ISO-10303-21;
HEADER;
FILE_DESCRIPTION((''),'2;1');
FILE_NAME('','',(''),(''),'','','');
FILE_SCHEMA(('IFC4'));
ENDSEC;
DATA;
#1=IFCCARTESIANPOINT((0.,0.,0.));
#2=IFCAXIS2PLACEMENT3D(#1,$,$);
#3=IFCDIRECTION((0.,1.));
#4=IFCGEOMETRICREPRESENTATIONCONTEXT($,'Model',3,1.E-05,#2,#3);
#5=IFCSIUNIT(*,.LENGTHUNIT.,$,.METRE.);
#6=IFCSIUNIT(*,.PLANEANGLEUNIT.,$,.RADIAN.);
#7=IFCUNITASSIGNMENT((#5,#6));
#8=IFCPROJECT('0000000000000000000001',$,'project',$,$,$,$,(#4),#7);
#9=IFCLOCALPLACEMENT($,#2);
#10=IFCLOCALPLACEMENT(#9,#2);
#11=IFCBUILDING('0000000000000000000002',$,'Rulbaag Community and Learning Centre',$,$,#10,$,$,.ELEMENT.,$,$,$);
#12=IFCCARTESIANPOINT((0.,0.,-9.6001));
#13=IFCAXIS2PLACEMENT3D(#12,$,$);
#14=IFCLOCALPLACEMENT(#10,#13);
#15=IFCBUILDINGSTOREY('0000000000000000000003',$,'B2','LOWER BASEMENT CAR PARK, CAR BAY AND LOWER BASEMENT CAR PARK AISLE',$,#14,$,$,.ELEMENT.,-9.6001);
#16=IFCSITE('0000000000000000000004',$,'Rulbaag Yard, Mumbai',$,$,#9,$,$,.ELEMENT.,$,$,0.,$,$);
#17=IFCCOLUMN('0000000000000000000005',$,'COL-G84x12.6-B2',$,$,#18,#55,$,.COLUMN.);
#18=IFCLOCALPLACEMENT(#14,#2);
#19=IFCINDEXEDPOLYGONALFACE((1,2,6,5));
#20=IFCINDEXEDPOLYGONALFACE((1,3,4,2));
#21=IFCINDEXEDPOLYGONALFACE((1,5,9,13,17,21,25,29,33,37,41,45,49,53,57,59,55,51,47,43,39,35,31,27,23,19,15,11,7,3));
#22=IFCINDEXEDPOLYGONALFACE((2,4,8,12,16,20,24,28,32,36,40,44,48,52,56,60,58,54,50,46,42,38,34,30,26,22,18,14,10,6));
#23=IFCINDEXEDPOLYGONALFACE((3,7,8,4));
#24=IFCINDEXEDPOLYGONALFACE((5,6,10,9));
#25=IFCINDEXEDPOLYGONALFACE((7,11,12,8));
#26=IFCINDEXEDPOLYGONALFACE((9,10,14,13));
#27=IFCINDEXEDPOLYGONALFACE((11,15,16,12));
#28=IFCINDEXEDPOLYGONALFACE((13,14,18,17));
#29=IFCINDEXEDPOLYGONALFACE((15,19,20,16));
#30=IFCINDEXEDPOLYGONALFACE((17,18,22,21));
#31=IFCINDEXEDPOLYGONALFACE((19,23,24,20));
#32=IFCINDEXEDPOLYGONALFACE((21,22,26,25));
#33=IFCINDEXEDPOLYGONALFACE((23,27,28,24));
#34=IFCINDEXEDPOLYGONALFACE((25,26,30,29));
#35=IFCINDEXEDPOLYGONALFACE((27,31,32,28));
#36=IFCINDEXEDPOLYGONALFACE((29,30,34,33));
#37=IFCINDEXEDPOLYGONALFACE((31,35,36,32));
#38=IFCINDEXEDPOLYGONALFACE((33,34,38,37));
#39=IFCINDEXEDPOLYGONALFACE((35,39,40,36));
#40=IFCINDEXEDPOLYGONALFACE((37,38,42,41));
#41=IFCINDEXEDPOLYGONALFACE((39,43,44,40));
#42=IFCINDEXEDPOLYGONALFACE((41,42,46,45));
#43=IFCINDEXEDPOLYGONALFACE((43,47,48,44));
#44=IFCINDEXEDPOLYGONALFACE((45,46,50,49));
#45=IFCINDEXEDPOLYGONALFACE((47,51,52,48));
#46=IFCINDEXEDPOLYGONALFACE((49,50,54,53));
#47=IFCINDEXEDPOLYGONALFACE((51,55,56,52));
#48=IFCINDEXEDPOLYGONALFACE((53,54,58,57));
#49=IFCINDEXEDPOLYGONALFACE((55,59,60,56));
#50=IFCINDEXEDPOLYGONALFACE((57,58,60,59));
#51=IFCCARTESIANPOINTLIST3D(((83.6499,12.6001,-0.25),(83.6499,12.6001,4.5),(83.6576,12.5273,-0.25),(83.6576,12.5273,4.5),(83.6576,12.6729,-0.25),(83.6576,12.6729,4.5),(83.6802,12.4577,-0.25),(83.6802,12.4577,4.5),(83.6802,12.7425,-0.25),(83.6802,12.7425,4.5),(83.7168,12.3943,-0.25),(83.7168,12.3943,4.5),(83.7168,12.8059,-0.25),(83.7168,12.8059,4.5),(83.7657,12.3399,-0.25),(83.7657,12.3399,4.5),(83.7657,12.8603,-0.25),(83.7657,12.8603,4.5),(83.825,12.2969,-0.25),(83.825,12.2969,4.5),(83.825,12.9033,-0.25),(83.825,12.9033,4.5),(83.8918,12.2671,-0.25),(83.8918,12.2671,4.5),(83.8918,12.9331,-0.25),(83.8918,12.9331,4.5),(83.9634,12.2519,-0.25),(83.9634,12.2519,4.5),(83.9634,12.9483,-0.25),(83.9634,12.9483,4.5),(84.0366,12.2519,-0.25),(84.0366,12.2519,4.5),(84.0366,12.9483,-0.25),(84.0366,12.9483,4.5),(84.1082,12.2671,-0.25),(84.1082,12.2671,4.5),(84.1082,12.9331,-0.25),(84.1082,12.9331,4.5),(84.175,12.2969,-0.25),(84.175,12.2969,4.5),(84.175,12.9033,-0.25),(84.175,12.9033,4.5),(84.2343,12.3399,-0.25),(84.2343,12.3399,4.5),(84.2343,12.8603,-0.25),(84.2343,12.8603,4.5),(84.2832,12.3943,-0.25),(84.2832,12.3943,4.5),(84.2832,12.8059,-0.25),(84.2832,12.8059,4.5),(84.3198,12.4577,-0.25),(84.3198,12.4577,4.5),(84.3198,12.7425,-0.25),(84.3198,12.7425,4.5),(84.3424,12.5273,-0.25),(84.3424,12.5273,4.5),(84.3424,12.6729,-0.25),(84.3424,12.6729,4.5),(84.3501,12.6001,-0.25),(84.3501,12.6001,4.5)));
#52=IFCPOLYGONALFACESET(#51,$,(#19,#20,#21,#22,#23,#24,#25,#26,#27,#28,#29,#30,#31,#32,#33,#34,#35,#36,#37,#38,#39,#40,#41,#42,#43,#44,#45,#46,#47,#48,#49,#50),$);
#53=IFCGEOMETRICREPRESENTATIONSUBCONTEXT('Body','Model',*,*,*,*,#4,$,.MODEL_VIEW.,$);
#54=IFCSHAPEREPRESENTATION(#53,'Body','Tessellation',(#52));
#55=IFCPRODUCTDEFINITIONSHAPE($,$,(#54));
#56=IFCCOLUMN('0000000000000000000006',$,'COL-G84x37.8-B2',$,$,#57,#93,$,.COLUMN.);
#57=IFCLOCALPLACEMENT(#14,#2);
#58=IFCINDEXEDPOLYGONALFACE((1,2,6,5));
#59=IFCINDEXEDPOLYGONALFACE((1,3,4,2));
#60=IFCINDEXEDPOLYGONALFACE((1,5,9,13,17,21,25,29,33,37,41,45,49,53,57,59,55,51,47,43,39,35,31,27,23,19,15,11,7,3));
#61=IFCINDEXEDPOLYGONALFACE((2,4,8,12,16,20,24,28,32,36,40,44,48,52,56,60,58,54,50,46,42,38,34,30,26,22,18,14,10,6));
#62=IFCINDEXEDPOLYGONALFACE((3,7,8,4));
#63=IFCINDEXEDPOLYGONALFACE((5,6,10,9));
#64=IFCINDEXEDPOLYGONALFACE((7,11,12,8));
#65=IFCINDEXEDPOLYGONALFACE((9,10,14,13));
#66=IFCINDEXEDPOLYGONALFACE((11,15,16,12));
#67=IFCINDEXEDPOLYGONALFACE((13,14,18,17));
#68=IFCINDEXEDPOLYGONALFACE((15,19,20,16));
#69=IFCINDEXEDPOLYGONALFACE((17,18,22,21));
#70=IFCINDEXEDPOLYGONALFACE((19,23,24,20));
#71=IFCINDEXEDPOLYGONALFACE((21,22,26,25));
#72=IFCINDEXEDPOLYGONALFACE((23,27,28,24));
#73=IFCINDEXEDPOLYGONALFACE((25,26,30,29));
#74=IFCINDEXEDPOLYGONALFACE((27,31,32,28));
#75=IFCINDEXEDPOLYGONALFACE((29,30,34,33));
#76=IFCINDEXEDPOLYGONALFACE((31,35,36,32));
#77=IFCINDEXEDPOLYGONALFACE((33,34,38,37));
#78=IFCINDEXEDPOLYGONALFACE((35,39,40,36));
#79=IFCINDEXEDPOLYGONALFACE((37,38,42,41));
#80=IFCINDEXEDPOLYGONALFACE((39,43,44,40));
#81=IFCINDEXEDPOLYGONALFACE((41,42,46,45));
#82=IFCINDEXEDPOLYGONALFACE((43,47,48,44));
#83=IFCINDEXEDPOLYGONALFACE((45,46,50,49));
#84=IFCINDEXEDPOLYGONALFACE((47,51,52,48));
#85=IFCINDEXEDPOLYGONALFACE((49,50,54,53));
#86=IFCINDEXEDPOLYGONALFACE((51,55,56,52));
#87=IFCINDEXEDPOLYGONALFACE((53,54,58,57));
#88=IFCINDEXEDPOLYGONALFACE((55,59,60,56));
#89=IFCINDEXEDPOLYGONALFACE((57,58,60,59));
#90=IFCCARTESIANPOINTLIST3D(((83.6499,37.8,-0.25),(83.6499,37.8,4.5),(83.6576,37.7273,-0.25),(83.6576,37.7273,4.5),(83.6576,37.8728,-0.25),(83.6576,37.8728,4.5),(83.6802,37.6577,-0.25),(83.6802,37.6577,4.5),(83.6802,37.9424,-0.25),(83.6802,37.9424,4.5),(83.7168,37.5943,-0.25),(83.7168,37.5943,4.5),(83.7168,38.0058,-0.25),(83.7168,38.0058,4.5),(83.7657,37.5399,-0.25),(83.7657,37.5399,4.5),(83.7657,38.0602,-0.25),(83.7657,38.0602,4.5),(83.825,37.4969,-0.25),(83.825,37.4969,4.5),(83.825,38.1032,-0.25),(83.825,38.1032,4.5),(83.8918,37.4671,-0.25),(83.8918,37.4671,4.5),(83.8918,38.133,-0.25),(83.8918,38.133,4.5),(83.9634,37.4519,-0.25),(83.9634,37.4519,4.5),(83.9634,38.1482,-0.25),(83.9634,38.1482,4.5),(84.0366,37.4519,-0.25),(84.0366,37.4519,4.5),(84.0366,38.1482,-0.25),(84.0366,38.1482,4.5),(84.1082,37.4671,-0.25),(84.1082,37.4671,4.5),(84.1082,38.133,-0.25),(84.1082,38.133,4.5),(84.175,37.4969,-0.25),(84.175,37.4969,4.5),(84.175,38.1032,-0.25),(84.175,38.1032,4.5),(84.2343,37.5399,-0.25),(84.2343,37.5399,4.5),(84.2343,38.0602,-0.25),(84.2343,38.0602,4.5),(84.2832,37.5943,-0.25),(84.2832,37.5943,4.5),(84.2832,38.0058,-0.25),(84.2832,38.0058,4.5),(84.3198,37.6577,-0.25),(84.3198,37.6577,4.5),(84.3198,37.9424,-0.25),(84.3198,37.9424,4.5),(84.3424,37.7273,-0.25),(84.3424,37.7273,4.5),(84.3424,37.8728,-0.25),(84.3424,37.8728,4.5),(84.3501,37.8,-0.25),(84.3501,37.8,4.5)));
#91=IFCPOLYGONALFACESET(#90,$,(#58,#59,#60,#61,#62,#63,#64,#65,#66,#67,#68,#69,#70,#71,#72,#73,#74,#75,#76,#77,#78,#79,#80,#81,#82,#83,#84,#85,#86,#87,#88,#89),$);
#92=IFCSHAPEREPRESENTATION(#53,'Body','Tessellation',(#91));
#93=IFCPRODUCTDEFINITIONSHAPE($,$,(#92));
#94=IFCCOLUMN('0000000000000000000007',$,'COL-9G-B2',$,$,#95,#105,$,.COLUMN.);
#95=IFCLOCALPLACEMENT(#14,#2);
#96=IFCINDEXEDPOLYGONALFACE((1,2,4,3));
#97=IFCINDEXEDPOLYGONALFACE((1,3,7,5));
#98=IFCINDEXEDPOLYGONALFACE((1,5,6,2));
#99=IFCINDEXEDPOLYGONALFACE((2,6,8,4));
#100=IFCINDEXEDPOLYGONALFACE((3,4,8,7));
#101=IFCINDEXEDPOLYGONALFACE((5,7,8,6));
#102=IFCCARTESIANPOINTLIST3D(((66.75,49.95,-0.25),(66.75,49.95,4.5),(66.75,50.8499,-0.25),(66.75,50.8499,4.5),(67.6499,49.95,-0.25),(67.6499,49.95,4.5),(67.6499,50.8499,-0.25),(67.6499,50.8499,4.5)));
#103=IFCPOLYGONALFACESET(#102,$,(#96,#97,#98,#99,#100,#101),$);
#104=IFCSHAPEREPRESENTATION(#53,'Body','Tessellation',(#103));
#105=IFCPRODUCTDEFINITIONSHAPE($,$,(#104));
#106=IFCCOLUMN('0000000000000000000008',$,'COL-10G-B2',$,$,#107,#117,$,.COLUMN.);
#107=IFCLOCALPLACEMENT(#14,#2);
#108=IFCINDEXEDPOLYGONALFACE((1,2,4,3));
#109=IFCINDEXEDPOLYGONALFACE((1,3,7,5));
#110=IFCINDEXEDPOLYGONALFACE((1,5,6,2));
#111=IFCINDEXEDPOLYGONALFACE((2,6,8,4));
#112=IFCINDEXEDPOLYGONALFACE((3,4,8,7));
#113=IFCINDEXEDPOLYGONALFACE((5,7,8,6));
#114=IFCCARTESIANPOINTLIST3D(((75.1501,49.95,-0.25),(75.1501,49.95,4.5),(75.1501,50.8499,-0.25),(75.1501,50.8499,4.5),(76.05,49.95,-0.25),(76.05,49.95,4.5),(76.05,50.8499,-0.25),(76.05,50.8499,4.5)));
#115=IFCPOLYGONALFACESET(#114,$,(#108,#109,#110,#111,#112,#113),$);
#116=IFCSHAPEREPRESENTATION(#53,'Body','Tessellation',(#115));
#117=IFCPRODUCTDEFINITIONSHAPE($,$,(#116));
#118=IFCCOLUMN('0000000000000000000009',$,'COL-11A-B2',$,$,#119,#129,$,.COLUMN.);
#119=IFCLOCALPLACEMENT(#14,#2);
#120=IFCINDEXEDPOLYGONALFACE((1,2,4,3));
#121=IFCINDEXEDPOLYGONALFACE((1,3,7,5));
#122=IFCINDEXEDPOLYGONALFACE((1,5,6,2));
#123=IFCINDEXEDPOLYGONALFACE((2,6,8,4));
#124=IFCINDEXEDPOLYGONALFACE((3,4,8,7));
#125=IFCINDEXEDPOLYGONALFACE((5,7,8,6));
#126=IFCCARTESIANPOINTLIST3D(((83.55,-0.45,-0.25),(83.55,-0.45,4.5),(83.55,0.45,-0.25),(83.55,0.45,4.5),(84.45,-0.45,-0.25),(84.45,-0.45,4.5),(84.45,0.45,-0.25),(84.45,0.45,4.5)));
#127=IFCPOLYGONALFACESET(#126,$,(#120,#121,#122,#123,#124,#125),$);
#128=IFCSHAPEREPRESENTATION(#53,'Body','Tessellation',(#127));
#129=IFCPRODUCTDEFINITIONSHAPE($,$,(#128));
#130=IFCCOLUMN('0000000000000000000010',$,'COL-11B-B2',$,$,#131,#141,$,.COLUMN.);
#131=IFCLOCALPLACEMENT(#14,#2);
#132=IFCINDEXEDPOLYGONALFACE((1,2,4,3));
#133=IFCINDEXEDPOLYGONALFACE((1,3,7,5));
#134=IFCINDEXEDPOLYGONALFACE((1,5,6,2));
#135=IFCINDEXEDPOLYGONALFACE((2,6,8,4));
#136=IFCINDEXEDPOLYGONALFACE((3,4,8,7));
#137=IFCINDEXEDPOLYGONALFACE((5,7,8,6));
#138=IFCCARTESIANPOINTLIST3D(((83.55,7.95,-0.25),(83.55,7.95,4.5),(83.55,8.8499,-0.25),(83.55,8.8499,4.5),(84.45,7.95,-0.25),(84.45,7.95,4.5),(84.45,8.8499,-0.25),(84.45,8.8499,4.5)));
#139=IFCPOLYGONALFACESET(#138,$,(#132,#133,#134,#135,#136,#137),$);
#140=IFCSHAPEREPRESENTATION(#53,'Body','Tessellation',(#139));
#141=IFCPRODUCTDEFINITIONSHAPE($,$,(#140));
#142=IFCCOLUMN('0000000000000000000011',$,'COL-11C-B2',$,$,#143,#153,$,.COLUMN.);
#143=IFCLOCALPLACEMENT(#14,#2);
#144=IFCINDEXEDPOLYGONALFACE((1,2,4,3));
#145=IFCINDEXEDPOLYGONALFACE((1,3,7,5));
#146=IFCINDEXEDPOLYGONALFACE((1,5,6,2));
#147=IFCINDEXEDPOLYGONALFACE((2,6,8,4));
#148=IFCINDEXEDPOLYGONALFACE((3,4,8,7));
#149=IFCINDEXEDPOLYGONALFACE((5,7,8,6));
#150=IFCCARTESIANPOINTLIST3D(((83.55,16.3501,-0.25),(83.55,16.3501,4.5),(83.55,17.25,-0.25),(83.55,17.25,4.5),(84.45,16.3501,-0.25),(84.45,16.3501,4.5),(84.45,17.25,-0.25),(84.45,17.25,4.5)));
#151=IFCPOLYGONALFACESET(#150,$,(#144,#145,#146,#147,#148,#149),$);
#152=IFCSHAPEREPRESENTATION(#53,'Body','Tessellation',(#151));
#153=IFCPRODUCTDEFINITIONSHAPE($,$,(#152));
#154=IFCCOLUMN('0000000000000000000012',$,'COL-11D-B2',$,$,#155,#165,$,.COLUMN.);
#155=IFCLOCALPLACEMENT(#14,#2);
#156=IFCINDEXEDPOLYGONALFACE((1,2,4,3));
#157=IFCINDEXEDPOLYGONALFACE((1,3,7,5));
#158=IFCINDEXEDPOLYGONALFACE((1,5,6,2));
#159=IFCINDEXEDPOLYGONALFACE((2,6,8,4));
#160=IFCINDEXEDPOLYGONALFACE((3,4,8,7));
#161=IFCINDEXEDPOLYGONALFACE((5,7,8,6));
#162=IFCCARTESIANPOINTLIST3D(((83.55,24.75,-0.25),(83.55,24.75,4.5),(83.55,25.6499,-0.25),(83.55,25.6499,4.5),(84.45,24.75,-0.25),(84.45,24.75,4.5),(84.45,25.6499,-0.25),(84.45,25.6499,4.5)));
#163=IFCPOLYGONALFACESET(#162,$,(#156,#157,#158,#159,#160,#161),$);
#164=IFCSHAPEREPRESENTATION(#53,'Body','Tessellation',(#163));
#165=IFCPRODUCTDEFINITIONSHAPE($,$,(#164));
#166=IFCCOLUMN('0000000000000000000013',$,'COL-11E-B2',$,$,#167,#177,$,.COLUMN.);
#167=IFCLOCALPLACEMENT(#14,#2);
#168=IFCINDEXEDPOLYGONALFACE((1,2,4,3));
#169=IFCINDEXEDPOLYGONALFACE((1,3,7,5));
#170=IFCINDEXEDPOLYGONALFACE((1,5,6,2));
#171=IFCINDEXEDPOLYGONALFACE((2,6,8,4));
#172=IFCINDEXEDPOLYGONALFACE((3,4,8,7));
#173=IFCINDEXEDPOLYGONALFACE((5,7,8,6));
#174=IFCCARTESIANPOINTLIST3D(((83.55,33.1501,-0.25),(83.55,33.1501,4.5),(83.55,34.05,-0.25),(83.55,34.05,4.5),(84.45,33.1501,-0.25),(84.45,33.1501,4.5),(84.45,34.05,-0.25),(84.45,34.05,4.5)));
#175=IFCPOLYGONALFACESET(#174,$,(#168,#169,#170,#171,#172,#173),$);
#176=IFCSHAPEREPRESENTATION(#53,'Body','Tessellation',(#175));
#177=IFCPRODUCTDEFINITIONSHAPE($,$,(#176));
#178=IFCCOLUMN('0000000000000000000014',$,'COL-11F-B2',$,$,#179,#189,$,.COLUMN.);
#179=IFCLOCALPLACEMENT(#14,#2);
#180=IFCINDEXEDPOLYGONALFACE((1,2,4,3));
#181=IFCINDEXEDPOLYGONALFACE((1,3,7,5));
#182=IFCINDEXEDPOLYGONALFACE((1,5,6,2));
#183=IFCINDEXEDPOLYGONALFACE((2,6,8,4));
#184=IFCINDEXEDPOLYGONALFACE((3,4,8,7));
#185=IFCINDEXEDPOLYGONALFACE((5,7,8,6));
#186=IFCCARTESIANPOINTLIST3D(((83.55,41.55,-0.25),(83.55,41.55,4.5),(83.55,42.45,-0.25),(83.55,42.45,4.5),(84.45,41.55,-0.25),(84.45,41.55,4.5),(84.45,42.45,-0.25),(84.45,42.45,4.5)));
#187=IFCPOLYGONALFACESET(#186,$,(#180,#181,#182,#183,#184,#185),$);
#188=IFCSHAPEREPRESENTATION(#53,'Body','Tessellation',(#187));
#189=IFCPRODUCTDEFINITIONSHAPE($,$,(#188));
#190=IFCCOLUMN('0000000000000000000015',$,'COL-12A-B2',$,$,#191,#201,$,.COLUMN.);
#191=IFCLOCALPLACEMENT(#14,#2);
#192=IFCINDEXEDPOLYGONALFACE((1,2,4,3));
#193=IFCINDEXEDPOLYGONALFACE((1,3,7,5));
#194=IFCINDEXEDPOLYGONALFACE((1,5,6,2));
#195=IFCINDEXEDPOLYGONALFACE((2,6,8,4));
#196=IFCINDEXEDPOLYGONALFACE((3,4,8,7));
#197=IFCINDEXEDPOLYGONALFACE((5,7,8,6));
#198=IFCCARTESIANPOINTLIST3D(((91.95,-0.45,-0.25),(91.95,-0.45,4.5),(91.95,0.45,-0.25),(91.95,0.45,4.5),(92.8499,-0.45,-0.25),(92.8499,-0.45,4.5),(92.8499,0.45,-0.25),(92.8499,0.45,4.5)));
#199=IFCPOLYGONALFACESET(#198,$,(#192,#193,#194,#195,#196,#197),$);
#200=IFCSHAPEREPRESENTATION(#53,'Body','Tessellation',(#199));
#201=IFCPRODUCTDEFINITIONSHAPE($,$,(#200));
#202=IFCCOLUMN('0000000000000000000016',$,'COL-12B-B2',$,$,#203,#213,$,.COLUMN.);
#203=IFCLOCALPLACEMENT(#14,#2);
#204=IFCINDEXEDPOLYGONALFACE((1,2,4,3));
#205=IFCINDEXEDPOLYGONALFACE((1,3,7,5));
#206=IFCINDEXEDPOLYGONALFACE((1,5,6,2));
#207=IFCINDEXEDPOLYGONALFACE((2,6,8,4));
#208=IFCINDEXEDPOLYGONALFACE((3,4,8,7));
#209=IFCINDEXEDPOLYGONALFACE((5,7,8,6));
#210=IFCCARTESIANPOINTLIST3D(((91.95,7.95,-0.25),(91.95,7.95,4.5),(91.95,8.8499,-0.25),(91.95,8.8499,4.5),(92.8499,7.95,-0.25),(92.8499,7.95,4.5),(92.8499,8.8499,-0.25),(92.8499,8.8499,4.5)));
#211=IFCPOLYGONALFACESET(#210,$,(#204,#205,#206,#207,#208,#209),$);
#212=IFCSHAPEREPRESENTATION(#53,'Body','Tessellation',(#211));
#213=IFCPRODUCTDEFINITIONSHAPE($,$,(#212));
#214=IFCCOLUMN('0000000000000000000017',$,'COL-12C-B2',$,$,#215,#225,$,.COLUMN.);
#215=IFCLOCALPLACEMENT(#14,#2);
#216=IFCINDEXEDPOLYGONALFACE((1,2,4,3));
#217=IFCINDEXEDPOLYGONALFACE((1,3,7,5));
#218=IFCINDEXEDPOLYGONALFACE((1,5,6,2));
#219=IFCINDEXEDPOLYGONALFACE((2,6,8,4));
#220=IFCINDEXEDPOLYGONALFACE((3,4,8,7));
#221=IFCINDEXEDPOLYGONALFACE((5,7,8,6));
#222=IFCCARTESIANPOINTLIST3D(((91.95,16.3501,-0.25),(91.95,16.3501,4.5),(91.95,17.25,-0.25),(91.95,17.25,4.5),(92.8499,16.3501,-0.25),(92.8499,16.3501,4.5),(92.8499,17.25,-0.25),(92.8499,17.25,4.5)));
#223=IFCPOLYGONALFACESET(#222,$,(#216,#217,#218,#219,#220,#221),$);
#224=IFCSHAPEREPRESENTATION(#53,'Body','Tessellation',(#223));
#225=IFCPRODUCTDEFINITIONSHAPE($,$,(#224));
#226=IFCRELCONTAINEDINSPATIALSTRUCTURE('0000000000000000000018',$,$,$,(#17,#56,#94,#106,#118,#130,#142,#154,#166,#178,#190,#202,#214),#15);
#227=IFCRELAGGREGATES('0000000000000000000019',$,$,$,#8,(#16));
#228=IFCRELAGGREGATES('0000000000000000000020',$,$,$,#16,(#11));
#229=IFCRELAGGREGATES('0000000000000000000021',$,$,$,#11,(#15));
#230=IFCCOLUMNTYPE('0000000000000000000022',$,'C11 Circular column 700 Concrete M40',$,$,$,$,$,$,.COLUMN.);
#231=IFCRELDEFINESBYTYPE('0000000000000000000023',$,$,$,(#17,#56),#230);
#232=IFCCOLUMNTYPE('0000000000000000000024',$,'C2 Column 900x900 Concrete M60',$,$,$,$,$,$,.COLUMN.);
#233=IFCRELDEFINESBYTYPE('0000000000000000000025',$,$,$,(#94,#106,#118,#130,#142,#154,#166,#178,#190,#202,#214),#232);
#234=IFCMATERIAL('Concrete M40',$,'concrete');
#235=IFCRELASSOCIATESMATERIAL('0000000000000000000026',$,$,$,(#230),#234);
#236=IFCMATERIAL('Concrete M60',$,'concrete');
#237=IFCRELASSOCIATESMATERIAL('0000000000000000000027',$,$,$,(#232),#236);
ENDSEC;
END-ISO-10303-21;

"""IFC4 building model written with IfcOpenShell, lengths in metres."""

from ifc_helpers import new_model, si_unit, direction, frame, origin, origin_2d, place, context, subcontext, project, spatial, rectangle, circle, extrude, material, material_profile, profile_set, type_object, element, save


model = new_model("IFC4")

# Units and contexts
model_context = context("Model", 3, precision=1e-05, world=origin(), true_north=direction((0.0, 1.0)))
body_context = subcontext(model_context, "Body", "Model", "MODEL_VIEW")
ifc_project = project(units=[si_unit("LENGTHUNIT", "METRE"), si_unit("PLANEANGLEUNIT", "RADIAN")], contexts=[model_context])

# Site, building, storey
site_placement = place(None, origin())
site = spatial("IfcSite", under=ifc_project, at=site_placement, Name="Rulbaag Yard, Mumbai", CompositionType="ELEMENT", RefElevation=0.0)
building_placement = place(site_placement, origin())
building = spatial("IfcBuilding", under=site, at=building_placement, Name="Rulbaag Community and Learning Centre", CompositionType="ELEMENT")
storey_placement = place(building_placement, frame((0.0, 0.0, -9.6001)))
storey = spatial("IfcBuildingStorey", under=building, at=storey_placement, Name="B2", Description="LOWER BASEMENT CAR PARK, CAR BAY AND LOWER BASEMENT CAR PARK AISLE", CompositionType="ELEMENT", Elevation=-9.6001)

# Columns
ifc_material_1 = material(Name="Concrete M40", Category="concrete")
ifc_material_profile_1 = material_profile(ifc_material_1, circle(Radius=0.3501, at=origin_2d()), Name="RD700")
ifc_profile_set_1 = profile_set([ifc_material_profile_1], Name="Concrete M40")
column_type_1 = type_object("IfcColumnType", Name="C11 Circular column 700 Concrete M40", PredefinedType="COLUMN", material=ifc_profile_set_1)
for number, where, z_axis, x_axis, name in (
    (1, (84.0, 12.6001, -0.25), (0.0, 0.0, 1.0), (1.0, 0.0, 0.0), "COL-G84x12.6-B2"),
    (2, (84.0, 37.8, -0.25), (0.0, 0.0, 1.0), (1.0, 0.0, 0.0), "COL-G84x37.8-B2"),
):
    element("IfcColumn", number, at=place(storey_placement, frame(where, z_axis=z_axis, x_axis=x_axis)), inside=storey, type_object=column_type_1, Name=name, PredefinedType="COLUMN", context=body_context, shape_type="SweptSolid", body=[
        extrude(circle(Radius=0.3501, at=origin_2d()), origin(), (0.0, 0.0, 1.0), 4.75),
    ])
ifc_material_2 = material(Name="Concrete M60", Category="concrete")
ifc_material_profile_2 = material_profile(ifc_material_2, rectangle(XDim=0.8999, YDim=0.8999, at=origin_2d()), Name="RC900x900")
ifc_profile_set_2 = profile_set([ifc_material_profile_2], Name="Concrete M60")
column_type_2 = type_object("IfcColumnType", Name="C2 Column 900x900 Concrete M60", PredefinedType="COLUMN", material=ifc_profile_set_2)
for number, where, z_axis, x_axis, name in (
    (3, (67.2, 50.3999, -0.25), (0.0, 0.0, 1.0), (1.0, 0.0, 0.0), "COL-9G-B2"),
    (4, (75.6001, 50.3999, -0.25), (0.0, 0.0, 1.0), (1.0, 0.0, 0.0), "COL-10G-B2"),
    (5, (84.0, 0.0, -0.25), (0.0, 0.0, 1.0), (1.0, 0.0, 0.0), "COL-11A-B2"),
    (6, (84.0, 8.3999, -0.25), (0.0, 0.0, 1.0), (1.0, 0.0, 0.0), "COL-11B-B2"),
    (7, (84.0, 16.8, -0.25), (0.0, 0.0, 1.0), (1.0, 0.0, 0.0), "COL-11C-B2"),
    (8, (84.0, 25.2, -0.25), (0.0, 0.0, 1.0), (1.0, 0.0, 0.0), "COL-11D-B2"),
    (9, (84.0, 33.6001, -0.25), (0.0, 0.0, 1.0), (1.0, 0.0, 0.0), "COL-11E-B2"),
    (10, (84.0, 42.0, -0.25), (0.0, 0.0, 1.0), (1.0, 0.0, 0.0), "COL-11F-B2"),
    (11, (92.3999, 0.0, -0.25), (0.0, 0.0, 1.0), (1.0, 0.0, 0.0), "COL-12A-B2"),
    (12, (92.3999, 8.3999, -0.25), (0.0, 0.0, 1.0), (1.0, 0.0, 0.0), "COL-12B-B2"),
    (13, (92.3999, 16.8, -0.25), (0.0, 0.0, 1.0), (1.0, 0.0, 0.0), "COL-12C-B2"),
):
    element("IfcColumn", number, at=place(storey_placement, frame(where, z_axis=z_axis, x_axis=x_axis)), inside=storey, type_object=column_type_2, Name=name, PredefinedType="COLUMN", context=body_context, shape_type="SweptSolid", body=[
        extrude(rectangle(XDim=0.8999, YDim=0.8999, at=origin_2d()), origin(), (0.0, 0.0, 1.0), 4.75),
    ])

save(model, "model.ifc")
